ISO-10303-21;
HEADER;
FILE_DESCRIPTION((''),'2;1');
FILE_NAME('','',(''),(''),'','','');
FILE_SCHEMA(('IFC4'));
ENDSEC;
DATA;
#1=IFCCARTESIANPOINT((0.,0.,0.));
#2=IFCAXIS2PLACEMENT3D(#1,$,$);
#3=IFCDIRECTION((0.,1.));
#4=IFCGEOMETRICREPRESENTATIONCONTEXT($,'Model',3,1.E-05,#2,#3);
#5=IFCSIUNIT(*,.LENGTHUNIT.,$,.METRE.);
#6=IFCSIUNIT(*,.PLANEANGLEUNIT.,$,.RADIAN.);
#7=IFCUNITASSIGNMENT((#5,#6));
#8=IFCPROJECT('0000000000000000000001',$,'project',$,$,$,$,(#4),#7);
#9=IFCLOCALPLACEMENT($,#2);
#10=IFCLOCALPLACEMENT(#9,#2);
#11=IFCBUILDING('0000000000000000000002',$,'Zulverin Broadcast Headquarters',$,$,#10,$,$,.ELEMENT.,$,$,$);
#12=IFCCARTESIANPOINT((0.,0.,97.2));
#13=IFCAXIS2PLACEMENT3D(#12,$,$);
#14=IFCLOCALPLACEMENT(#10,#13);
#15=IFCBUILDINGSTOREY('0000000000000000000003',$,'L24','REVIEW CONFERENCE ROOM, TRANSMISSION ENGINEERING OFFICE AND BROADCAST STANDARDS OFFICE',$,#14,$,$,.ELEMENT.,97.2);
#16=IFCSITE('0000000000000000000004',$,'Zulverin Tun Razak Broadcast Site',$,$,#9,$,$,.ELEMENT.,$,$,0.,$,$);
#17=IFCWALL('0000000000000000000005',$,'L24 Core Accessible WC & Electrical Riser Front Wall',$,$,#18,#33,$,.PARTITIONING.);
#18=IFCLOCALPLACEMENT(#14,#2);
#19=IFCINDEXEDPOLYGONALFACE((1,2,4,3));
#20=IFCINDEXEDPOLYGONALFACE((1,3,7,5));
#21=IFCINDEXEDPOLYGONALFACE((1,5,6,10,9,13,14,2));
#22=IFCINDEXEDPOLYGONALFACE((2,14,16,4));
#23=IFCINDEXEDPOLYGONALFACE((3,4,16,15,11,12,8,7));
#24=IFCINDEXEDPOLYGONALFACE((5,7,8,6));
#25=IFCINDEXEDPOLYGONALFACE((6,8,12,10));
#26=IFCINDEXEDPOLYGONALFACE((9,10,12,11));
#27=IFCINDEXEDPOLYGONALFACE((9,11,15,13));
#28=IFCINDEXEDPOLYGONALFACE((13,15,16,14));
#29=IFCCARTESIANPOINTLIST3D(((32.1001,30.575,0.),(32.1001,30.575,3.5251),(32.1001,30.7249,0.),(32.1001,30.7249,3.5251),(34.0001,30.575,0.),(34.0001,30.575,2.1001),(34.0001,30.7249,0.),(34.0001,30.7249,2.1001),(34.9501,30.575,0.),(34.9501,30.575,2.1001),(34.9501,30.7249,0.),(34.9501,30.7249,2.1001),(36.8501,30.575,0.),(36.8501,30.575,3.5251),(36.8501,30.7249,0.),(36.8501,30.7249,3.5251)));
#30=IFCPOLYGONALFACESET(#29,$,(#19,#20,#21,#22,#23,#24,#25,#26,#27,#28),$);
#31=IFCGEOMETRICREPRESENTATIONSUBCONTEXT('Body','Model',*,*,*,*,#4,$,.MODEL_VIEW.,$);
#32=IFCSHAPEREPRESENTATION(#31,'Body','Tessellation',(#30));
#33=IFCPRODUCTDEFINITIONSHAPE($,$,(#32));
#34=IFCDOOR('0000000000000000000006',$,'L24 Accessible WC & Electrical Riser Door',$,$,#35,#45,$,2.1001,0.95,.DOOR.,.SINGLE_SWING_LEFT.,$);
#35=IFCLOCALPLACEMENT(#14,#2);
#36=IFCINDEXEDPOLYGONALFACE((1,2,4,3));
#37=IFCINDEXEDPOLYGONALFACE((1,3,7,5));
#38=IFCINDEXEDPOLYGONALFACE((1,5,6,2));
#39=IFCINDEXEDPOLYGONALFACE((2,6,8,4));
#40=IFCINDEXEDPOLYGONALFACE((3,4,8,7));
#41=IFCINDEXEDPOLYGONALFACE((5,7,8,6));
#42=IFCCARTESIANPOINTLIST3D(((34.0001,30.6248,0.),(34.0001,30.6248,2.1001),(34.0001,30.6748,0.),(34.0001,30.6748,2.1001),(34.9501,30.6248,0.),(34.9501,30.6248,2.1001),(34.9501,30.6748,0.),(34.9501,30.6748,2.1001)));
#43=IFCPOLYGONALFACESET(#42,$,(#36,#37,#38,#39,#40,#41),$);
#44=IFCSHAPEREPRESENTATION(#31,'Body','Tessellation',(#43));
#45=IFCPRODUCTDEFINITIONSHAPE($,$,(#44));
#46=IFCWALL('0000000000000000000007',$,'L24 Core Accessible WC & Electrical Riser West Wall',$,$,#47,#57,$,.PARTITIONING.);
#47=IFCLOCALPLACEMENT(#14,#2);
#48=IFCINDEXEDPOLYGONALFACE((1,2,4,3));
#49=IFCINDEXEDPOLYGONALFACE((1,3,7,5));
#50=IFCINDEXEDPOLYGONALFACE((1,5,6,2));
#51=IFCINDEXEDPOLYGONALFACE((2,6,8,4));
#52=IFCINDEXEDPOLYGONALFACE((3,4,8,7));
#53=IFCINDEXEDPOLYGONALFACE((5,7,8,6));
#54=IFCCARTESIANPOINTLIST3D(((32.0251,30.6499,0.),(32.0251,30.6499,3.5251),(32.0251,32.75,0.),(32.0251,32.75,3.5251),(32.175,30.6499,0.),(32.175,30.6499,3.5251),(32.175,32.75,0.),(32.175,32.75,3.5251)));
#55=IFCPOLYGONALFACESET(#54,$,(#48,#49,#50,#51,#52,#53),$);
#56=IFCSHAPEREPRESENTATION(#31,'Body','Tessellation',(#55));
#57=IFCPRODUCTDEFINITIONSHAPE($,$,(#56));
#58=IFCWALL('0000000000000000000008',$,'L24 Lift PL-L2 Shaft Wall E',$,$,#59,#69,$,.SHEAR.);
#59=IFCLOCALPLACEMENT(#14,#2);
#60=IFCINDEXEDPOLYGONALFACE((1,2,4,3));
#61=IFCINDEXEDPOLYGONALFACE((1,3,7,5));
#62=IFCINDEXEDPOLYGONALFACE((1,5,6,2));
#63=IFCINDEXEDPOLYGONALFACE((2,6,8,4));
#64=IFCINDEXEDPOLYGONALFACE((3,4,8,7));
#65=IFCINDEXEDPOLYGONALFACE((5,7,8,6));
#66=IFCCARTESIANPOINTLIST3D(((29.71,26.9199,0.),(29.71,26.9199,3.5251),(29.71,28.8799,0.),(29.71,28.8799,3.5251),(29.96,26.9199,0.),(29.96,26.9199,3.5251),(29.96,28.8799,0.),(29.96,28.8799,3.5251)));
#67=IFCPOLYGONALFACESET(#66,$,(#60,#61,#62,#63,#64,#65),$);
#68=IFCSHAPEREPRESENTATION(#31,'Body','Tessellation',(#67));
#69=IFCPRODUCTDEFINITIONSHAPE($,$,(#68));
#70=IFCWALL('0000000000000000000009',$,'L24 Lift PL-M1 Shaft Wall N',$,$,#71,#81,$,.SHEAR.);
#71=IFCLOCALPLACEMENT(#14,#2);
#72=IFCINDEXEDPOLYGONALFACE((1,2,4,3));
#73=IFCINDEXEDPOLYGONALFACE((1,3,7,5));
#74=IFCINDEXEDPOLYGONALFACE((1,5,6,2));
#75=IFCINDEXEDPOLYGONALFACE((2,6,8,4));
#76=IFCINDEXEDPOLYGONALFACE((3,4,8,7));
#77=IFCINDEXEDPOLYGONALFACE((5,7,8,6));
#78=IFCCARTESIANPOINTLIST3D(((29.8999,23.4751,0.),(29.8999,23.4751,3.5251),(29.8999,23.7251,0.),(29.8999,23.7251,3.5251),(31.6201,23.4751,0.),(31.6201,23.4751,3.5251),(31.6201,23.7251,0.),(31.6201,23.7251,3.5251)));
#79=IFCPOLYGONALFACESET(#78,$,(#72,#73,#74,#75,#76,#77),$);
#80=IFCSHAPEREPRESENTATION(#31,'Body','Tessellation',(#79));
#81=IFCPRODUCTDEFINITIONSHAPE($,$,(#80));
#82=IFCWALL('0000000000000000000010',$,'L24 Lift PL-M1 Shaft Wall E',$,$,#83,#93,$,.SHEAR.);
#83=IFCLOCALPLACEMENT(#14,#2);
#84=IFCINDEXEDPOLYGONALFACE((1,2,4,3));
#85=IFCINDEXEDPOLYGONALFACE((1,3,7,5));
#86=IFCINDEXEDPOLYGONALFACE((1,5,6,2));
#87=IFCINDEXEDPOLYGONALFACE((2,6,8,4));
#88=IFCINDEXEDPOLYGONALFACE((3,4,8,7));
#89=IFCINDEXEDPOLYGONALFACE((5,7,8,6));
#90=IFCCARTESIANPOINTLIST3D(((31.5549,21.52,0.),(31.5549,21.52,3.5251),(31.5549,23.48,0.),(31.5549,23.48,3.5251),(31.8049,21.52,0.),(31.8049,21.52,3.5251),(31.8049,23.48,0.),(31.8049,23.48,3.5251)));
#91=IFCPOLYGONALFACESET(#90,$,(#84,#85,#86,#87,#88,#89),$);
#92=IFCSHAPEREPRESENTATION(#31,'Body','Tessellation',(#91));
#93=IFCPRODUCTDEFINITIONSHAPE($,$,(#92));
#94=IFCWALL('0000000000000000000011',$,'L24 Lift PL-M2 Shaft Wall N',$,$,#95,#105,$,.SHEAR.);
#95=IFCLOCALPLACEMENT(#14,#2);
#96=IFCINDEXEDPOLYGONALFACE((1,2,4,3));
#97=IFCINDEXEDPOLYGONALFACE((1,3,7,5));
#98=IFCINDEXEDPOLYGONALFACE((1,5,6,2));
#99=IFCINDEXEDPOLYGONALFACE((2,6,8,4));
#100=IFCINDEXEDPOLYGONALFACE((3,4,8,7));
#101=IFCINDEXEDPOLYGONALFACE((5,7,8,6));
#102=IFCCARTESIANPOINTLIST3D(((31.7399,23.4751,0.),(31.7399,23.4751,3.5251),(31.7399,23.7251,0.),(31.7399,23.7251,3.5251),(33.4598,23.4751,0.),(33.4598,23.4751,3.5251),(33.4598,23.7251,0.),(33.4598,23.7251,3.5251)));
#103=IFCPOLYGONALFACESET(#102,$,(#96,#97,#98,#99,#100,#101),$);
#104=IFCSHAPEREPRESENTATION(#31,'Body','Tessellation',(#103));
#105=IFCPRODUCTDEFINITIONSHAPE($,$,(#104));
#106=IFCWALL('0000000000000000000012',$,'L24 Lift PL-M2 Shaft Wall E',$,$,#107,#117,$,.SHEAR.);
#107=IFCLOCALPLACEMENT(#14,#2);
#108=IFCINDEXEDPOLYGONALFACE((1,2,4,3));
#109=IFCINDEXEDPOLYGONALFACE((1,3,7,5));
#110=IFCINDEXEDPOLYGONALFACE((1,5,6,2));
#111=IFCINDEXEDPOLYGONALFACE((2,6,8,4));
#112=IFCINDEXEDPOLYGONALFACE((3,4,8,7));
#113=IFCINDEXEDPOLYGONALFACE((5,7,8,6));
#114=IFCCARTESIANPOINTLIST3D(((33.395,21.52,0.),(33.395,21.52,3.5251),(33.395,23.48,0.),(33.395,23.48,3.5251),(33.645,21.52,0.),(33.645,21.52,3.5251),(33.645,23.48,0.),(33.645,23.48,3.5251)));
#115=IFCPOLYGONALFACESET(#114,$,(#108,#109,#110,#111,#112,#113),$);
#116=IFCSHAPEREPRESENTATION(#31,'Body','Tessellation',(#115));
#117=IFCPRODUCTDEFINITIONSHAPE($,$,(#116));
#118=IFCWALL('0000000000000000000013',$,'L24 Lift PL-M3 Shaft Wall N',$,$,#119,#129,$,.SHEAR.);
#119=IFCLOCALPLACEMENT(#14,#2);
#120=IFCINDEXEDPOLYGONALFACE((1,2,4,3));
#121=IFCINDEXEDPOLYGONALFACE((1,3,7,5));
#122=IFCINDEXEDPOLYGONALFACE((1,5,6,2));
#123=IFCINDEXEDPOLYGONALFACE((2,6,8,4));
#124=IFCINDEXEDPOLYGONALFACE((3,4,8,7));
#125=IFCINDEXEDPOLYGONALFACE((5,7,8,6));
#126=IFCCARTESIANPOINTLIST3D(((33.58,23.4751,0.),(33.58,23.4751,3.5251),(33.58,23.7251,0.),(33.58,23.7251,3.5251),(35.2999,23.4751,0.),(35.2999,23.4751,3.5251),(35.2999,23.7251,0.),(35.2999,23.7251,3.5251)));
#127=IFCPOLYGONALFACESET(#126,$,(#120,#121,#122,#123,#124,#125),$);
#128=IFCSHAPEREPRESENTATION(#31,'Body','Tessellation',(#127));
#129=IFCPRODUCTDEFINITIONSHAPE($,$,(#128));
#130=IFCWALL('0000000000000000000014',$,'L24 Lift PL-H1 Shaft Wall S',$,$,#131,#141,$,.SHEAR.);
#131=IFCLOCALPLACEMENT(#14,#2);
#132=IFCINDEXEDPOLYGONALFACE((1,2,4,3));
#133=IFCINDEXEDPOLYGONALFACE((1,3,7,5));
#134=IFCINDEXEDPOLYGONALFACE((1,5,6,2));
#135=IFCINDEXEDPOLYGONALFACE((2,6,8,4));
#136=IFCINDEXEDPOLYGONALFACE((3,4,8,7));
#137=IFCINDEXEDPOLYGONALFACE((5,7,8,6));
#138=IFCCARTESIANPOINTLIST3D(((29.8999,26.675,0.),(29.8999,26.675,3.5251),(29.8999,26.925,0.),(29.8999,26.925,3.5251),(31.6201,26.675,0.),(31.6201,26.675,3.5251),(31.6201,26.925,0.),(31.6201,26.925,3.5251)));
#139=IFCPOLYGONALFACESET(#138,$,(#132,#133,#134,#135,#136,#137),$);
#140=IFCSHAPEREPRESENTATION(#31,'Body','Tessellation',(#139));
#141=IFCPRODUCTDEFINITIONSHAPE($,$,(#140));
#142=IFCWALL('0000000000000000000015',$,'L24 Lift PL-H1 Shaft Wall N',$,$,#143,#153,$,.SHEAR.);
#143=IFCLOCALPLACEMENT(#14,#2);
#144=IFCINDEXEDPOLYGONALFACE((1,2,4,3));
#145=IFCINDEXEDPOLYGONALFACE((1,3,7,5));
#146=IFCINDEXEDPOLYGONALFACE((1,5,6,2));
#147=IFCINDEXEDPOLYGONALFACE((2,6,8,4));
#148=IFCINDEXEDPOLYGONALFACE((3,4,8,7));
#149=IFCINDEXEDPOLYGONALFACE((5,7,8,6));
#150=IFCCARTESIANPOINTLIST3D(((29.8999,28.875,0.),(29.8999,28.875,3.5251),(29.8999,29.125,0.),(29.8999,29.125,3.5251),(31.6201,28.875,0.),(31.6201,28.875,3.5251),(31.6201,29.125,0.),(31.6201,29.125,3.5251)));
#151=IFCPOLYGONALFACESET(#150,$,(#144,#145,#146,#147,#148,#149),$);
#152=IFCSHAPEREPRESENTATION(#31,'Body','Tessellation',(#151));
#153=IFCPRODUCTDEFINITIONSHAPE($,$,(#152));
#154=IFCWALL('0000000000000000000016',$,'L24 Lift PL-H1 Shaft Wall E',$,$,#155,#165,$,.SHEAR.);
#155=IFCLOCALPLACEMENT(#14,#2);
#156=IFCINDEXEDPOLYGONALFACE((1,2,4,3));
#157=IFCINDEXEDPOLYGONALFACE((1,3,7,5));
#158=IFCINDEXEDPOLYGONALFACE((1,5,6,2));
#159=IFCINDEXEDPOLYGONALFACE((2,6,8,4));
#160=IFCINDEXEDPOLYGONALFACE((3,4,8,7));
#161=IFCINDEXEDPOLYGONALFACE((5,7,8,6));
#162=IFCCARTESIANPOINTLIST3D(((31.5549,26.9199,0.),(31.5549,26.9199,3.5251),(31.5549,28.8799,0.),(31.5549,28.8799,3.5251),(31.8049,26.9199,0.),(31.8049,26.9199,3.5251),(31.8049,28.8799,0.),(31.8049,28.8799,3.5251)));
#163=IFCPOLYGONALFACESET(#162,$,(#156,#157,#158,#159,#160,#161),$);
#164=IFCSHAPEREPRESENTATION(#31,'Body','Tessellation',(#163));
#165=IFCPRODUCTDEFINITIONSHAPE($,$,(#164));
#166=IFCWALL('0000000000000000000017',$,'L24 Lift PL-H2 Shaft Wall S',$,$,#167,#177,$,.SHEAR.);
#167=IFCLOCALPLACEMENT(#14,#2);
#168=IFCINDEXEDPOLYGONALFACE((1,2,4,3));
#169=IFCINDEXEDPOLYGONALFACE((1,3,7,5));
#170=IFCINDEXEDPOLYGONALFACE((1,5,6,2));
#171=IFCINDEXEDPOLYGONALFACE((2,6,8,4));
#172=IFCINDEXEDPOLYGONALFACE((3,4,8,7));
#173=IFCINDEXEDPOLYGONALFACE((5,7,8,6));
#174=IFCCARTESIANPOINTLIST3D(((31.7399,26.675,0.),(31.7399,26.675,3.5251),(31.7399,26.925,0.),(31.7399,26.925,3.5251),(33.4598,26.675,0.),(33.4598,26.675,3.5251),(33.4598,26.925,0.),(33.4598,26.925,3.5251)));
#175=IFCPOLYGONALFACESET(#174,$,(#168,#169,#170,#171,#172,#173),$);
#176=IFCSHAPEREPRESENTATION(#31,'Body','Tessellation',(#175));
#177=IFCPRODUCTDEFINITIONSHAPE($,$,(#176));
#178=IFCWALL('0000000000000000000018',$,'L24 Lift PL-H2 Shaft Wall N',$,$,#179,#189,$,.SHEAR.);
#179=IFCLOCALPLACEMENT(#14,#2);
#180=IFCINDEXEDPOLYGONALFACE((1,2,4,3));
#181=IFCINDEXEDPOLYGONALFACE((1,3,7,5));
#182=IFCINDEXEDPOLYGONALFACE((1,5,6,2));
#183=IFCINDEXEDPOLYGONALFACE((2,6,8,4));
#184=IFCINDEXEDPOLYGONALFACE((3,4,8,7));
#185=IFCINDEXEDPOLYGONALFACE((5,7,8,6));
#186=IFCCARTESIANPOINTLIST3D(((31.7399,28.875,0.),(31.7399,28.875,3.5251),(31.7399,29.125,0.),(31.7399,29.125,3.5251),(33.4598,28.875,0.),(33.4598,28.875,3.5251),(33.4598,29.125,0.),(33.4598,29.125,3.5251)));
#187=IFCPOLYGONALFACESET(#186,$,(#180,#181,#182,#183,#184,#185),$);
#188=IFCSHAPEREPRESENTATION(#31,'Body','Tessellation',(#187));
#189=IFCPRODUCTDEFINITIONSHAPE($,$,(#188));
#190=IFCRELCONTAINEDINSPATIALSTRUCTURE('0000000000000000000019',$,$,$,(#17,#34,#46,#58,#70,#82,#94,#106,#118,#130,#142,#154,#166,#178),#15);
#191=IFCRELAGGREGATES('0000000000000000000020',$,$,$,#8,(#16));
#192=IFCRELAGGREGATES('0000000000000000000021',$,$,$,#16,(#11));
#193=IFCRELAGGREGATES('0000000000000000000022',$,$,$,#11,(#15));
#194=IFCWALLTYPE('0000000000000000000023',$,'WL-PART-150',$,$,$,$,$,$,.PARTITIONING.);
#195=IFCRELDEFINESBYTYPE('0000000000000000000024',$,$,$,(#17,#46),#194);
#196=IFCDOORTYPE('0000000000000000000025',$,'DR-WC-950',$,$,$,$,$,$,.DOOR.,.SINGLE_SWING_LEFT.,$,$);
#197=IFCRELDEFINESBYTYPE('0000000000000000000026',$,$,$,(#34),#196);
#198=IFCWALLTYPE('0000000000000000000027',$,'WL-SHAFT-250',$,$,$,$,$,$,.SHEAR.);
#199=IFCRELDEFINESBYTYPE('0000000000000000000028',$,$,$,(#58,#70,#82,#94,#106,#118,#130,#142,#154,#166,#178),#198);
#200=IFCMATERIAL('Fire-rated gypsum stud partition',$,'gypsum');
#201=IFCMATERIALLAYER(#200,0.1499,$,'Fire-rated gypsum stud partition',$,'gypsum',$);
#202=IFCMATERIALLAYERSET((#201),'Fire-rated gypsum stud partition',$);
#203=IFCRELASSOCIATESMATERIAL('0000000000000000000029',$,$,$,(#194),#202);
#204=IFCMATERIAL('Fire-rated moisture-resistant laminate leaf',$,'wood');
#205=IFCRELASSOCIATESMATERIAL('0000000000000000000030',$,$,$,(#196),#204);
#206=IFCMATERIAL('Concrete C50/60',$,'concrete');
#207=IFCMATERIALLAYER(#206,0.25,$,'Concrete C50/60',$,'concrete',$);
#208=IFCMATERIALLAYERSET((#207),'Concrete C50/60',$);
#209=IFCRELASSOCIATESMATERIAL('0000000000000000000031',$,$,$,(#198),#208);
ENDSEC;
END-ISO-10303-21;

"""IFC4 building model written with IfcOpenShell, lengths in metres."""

from ifc_helpers import new_model, si_unit, direction, frame, frame_2d, origin, place, context, subcontext, project, spatial, rectangle, extrude, material, layer, layer_set, type_object, element, fill, save


model = new_model("IFC4")

# Units and contexts
model_context = context("Model", 3, precision=1e-05, world=origin(), true_north=direction((0.0, 1.0)))
body_context = subcontext(model_context, "Body", "Model", "MODEL_VIEW")
ifc_project = project(units=[si_unit("LENGTHUNIT", "METRE"), si_unit("PLANEANGLEUNIT", "RADIAN")], contexts=[model_context])

# Site, building, storey
site_placement = place(None, origin())
site = spatial("IfcSite", under=ifc_project, at=site_placement, Name="Zulverin Tun Razak Broadcast Site", CompositionType="ELEMENT", RefElevation=0.0)
building_placement = place(site_placement, origin())
building = spatial("IfcBuilding", under=site, at=building_placement, Name="Zulverin Broadcast Headquarters", CompositionType="ELEMENT")
storey_placement = place(building_placement, frame((0.0, 0.0, 97.2)))
storey = spatial("IfcBuildingStorey", under=building, at=storey_placement, Name="L24", Description="REVIEW CONFERENCE ROOM, TRANSMISSION ENGINEERING OFFICE AND BROADCAST STANDARDS OFFICE", CompositionType="ELEMENT", Elevation=97.2)

# Wall, opening, door
ifc_material_1 = material(Name="Fire-rated gypsum stud partition", Category="gypsum")
ifc_layer_1 = layer(ifc_material_1, 0.1499, Name="Fire-rated gypsum stud partition", Category="gypsum")
ifc_layer_set_1 = layer_set([ifc_layer_1], Name="Fire-rated gypsum stud partition")
wall_type_1 = type_object("IfcWallType", Name="WL-PART-150", PredefinedType="PARTITIONING", material=ifc_layer_set_1)
wall_1_placement = place(storey_placement, frame((32.1001, 30.6499, 0.0), z_axis=(0.0, 0.0, 1.0), x_axis=(1.0, 0.0, 0.0)))
wall_1 = element("IfcWall", 1, at=wall_1_placement, inside=storey, type_object=wall_type_1, Name="L24 Core Accessible WC & Electrical Riser Front Wall", PredefinedType="PARTITIONING", context=body_context, shape_type="SweptSolid", body=[
    extrude(rectangle(XDim=4.75, YDim=0.1499, at=frame_2d((2.375, 0.0))), origin(), (0.0, 0.0, 1.0), 3.5251),
])
opening_placement = place(wall_1_placement, frame((1.8999, 0.0, 0.0)))
opening = element("IfcOpeningElement", 2, at=opening_placement, cuts=wall_1, PredefinedType="OPENING", context=body_context, shape_type="SweptSolid", body=[
    extrude(rectangle(XDim=0.95, YDim=2.1001, at=frame_2d((0.4751, 1.05))), frame((0.0, 0.085, 0.0), z_axis=(0.0, -1.0, 0.0), x_axis=(1.0, 0.0, 0.0)), (0.0, 0.0, 1.0), 0.1699),
])
ifc_material_2 = material(Name="Fire-rated moisture-resistant laminate leaf", Category="wood")
door_type = type_object("IfcDoorType", Name="DR-WC-950", OperationType="SINGLE_SWING_LEFT", PredefinedType="DOOR", material=ifc_material_2)
door_placement = place(opening_placement, origin())
door = element("IfcDoor", 3, at=door_placement, inside=storey, type_object=door_type, Name="L24 Accessible WC & Electrical Riser Door", OperationType="SINGLE_SWING_LEFT", OverallHeight=2.1001, OverallWidth=0.95, PredefinedType="DOOR", context=body_context, shape_type="SweptSolid", body=[
    extrude(rectangle(XDim=0.95, YDim=2.1001, at=frame_2d((0.4751, 1.05))), frame((0.0, 0.0249, 0.0), z_axis=(0.0, -1.0, 0.0), x_axis=(1.0, 0.0, 0.0)), (0.0, 0.0, 1.0), 0.05),
])
fill(opening, door)

# Walls
wall_2_placement = place(storey_placement, frame((32.1001, 30.6499, 0.0), z_axis=(0.0, 0.0, 1.0), x_axis=(0.0, 1.0, 0.0)))
element("IfcWall", 4, at=wall_2_placement, inside=storey, type_object=wall_type_1, Name="L24 Core Accessible WC & Electrical Riser West Wall", PredefinedType="PARTITIONING", context=body_context, shape_type="SweptSolid", body=[
    extrude(rectangle(XDim=2.1001, YDim=0.1499, at=frame_2d((1.05, 0.0))), origin(), (0.0, 0.0, 1.0), 3.5251),
])
ifc_material_3 = material(Name="Concrete C50/60", Category="concrete")
ifc_layer_2 = layer(ifc_material_3, 0.25, Name="Concrete C50/60", Category="concrete")
ifc_layer_set_2 = layer_set([ifc_layer_2], Name="Concrete C50/60")
wall_type_2 = type_object("IfcWallType", Name="WL-SHAFT-250", PredefinedType="SHEAR", material=ifc_layer_set_2)
wall_3_placement = place(storey_placement, frame((29.835, 26.9199, 0.0), z_axis=(0.0, 0.0, 1.0), x_axis=(0.0, 1.0, 0.0)))
element("IfcWall", 5, at=wall_3_placement, inside=storey, type_object=wall_type_2, Name="L24 Lift PL-L2 Shaft Wall E", PredefinedType="SHEAR", context=body_context, shape_type="SweptSolid", body=[
    extrude(rectangle(XDim=1.96, YDim=0.25, at=frame_2d((0.98, 0.0))), origin(), (0.0, 0.0, 1.0), 3.5251),
])
wall_4_placement = place(storey_placement, frame((29.8999, 23.6001, 0.0), z_axis=(0.0, 0.0, 1.0), x_axis=(1.0, 0.0, 0.0)))
element("IfcWall", 6, at=wall_4_placement, inside=storey, type_object=wall_type_2, Name="L24 Lift PL-M1 Shaft Wall N", PredefinedType="SHEAR", context=body_context, shape_type="SweptSolid", body=[
    extrude(rectangle(XDim=1.7202, YDim=0.25, at=frame_2d((0.8601, 0.0))), origin(), (0.0, 0.0, 1.0), 3.5251),
])
wall_5_placement = place(storey_placement, frame((31.6799, 21.52, 0.0), z_axis=(0.0, 0.0, 1.0), x_axis=(0.0, 1.0, 0.0)))
element("IfcWall", 7, at=wall_5_placement, inside=storey, type_object=wall_type_2, Name="L24 Lift PL-M1 Shaft Wall E", PredefinedType="SHEAR", context=body_context, shape_type="SweptSolid", body=[
    extrude(rectangle(XDim=1.96, YDim=0.25, at=frame_2d((0.98, 0.0))), origin(), (0.0, 0.0, 1.0), 3.5251),
])
wall_6_placement = place(storey_placement, frame((31.74, 23.6001, 0.0), z_axis=(0.0, 0.0, 1.0), x_axis=(1.0, 0.0, 0.0)))
element("IfcWall", 8, at=wall_6_placement, inside=storey, type_object=wall_type_2, Name="L24 Lift PL-M2 Shaft Wall N", PredefinedType="SHEAR", context=body_context, shape_type="SweptSolid", body=[
    extrude(rectangle(XDim=1.72, YDim=0.25, at=frame_2d((0.8599, 0.0))), origin(), (0.0, 0.0, 1.0), 3.5251),
])
wall_7_placement = place(storey_placement, frame((33.52, 21.52, 0.0), z_axis=(0.0, 0.0, 1.0), x_axis=(0.0, 1.0, 0.0)))
element("IfcWall", 9, at=wall_7_placement, inside=storey, type_object=wall_type_2, Name="L24 Lift PL-M2 Shaft Wall E", PredefinedType="SHEAR", context=body_context, shape_type="SweptSolid", body=[
    extrude(rectangle(XDim=1.96, YDim=0.25, at=frame_2d((0.98, 0.0))), origin(), (0.0, 0.0, 1.0), 3.5251),
])
wall_8_placement = place(storey_placement, frame((33.5801, 23.6001, 0.0), z_axis=(0.0, 0.0, 1.0), x_axis=(1.0, 0.0, 0.0)))
element("IfcWall", 10, at=wall_8_placement, inside=storey, type_object=wall_type_2, Name="L24 Lift PL-M3 Shaft Wall N", PredefinedType="SHEAR", context=body_context, shape_type="SweptSolid", body=[
    extrude(rectangle(XDim=1.72, YDim=0.25, at=frame_2d((0.8599, 0.0))), origin(), (0.0, 0.0, 1.0), 3.5251),
])
for number, where, z_axis, x_axis, name in (
    (11, (29.8999, 26.8, 0.0), (0.0, 0.0, 1.0), (1.0, 0.0, 0.0), "L24 Lift PL-H1 Shaft Wall S"),
    (12, (29.8999, 29.0, 0.0), (0.0, 0.0, 1.0), (1.0, 0.0, 0.0), "L24 Lift PL-H1 Shaft Wall N"),
):
    element("IfcWall", number, at=place(storey_placement, frame(where, z_axis=z_axis, x_axis=x_axis)), inside=storey, type_object=wall_type_2, Name=name, PredefinedType="SHEAR", context=body_context, shape_type="SweptSolid", body=[
        extrude(rectangle(XDim=1.7202, YDim=0.25, at=frame_2d((0.8601, 0.0))), origin(), (0.0, 0.0, 1.0), 3.5251),
    ])
wall_9_placement = place(storey_placement, frame((31.6799, 26.9199, 0.0), z_axis=(0.0, 0.0, 1.0), x_axis=(0.0, 1.0, 0.0)))
element("IfcWall", 13, at=wall_9_placement, inside=storey, type_object=wall_type_2, Name="L24 Lift PL-H1 Shaft Wall E", PredefinedType="SHEAR", context=body_context, shape_type="SweptSolid", body=[
    extrude(rectangle(XDim=1.96, YDim=0.25, at=frame_2d((0.98, 0.0))), origin(), (0.0, 0.0, 1.0), 3.5251),
])
for number, where, z_axis, x_axis, name in (
    (14, (31.74, 26.8, 0.0), (0.0, 0.0, 1.0), (1.0, 0.0, 0.0), "L24 Lift PL-H2 Shaft Wall S"),
    (15, (31.74, 29.0, 0.0), (0.0, 0.0, 1.0), (1.0, 0.0, 0.0), "L24 Lift PL-H2 Shaft Wall N"),
):
    element("IfcWall", number, at=place(storey_placement, frame(where, z_axis=z_axis, x_axis=x_axis)), inside=storey, type_object=wall_type_2, Name=name, PredefinedType="SHEAR", context=body_context, shape_type="SweptSolid", body=[
        extrude(rectangle(XDim=1.72, YDim=0.25, at=frame_2d((0.8599, 0.0))), origin(), (0.0, 0.0, 1.0), 3.5251),
    ])

save(model, "model.ifc")
